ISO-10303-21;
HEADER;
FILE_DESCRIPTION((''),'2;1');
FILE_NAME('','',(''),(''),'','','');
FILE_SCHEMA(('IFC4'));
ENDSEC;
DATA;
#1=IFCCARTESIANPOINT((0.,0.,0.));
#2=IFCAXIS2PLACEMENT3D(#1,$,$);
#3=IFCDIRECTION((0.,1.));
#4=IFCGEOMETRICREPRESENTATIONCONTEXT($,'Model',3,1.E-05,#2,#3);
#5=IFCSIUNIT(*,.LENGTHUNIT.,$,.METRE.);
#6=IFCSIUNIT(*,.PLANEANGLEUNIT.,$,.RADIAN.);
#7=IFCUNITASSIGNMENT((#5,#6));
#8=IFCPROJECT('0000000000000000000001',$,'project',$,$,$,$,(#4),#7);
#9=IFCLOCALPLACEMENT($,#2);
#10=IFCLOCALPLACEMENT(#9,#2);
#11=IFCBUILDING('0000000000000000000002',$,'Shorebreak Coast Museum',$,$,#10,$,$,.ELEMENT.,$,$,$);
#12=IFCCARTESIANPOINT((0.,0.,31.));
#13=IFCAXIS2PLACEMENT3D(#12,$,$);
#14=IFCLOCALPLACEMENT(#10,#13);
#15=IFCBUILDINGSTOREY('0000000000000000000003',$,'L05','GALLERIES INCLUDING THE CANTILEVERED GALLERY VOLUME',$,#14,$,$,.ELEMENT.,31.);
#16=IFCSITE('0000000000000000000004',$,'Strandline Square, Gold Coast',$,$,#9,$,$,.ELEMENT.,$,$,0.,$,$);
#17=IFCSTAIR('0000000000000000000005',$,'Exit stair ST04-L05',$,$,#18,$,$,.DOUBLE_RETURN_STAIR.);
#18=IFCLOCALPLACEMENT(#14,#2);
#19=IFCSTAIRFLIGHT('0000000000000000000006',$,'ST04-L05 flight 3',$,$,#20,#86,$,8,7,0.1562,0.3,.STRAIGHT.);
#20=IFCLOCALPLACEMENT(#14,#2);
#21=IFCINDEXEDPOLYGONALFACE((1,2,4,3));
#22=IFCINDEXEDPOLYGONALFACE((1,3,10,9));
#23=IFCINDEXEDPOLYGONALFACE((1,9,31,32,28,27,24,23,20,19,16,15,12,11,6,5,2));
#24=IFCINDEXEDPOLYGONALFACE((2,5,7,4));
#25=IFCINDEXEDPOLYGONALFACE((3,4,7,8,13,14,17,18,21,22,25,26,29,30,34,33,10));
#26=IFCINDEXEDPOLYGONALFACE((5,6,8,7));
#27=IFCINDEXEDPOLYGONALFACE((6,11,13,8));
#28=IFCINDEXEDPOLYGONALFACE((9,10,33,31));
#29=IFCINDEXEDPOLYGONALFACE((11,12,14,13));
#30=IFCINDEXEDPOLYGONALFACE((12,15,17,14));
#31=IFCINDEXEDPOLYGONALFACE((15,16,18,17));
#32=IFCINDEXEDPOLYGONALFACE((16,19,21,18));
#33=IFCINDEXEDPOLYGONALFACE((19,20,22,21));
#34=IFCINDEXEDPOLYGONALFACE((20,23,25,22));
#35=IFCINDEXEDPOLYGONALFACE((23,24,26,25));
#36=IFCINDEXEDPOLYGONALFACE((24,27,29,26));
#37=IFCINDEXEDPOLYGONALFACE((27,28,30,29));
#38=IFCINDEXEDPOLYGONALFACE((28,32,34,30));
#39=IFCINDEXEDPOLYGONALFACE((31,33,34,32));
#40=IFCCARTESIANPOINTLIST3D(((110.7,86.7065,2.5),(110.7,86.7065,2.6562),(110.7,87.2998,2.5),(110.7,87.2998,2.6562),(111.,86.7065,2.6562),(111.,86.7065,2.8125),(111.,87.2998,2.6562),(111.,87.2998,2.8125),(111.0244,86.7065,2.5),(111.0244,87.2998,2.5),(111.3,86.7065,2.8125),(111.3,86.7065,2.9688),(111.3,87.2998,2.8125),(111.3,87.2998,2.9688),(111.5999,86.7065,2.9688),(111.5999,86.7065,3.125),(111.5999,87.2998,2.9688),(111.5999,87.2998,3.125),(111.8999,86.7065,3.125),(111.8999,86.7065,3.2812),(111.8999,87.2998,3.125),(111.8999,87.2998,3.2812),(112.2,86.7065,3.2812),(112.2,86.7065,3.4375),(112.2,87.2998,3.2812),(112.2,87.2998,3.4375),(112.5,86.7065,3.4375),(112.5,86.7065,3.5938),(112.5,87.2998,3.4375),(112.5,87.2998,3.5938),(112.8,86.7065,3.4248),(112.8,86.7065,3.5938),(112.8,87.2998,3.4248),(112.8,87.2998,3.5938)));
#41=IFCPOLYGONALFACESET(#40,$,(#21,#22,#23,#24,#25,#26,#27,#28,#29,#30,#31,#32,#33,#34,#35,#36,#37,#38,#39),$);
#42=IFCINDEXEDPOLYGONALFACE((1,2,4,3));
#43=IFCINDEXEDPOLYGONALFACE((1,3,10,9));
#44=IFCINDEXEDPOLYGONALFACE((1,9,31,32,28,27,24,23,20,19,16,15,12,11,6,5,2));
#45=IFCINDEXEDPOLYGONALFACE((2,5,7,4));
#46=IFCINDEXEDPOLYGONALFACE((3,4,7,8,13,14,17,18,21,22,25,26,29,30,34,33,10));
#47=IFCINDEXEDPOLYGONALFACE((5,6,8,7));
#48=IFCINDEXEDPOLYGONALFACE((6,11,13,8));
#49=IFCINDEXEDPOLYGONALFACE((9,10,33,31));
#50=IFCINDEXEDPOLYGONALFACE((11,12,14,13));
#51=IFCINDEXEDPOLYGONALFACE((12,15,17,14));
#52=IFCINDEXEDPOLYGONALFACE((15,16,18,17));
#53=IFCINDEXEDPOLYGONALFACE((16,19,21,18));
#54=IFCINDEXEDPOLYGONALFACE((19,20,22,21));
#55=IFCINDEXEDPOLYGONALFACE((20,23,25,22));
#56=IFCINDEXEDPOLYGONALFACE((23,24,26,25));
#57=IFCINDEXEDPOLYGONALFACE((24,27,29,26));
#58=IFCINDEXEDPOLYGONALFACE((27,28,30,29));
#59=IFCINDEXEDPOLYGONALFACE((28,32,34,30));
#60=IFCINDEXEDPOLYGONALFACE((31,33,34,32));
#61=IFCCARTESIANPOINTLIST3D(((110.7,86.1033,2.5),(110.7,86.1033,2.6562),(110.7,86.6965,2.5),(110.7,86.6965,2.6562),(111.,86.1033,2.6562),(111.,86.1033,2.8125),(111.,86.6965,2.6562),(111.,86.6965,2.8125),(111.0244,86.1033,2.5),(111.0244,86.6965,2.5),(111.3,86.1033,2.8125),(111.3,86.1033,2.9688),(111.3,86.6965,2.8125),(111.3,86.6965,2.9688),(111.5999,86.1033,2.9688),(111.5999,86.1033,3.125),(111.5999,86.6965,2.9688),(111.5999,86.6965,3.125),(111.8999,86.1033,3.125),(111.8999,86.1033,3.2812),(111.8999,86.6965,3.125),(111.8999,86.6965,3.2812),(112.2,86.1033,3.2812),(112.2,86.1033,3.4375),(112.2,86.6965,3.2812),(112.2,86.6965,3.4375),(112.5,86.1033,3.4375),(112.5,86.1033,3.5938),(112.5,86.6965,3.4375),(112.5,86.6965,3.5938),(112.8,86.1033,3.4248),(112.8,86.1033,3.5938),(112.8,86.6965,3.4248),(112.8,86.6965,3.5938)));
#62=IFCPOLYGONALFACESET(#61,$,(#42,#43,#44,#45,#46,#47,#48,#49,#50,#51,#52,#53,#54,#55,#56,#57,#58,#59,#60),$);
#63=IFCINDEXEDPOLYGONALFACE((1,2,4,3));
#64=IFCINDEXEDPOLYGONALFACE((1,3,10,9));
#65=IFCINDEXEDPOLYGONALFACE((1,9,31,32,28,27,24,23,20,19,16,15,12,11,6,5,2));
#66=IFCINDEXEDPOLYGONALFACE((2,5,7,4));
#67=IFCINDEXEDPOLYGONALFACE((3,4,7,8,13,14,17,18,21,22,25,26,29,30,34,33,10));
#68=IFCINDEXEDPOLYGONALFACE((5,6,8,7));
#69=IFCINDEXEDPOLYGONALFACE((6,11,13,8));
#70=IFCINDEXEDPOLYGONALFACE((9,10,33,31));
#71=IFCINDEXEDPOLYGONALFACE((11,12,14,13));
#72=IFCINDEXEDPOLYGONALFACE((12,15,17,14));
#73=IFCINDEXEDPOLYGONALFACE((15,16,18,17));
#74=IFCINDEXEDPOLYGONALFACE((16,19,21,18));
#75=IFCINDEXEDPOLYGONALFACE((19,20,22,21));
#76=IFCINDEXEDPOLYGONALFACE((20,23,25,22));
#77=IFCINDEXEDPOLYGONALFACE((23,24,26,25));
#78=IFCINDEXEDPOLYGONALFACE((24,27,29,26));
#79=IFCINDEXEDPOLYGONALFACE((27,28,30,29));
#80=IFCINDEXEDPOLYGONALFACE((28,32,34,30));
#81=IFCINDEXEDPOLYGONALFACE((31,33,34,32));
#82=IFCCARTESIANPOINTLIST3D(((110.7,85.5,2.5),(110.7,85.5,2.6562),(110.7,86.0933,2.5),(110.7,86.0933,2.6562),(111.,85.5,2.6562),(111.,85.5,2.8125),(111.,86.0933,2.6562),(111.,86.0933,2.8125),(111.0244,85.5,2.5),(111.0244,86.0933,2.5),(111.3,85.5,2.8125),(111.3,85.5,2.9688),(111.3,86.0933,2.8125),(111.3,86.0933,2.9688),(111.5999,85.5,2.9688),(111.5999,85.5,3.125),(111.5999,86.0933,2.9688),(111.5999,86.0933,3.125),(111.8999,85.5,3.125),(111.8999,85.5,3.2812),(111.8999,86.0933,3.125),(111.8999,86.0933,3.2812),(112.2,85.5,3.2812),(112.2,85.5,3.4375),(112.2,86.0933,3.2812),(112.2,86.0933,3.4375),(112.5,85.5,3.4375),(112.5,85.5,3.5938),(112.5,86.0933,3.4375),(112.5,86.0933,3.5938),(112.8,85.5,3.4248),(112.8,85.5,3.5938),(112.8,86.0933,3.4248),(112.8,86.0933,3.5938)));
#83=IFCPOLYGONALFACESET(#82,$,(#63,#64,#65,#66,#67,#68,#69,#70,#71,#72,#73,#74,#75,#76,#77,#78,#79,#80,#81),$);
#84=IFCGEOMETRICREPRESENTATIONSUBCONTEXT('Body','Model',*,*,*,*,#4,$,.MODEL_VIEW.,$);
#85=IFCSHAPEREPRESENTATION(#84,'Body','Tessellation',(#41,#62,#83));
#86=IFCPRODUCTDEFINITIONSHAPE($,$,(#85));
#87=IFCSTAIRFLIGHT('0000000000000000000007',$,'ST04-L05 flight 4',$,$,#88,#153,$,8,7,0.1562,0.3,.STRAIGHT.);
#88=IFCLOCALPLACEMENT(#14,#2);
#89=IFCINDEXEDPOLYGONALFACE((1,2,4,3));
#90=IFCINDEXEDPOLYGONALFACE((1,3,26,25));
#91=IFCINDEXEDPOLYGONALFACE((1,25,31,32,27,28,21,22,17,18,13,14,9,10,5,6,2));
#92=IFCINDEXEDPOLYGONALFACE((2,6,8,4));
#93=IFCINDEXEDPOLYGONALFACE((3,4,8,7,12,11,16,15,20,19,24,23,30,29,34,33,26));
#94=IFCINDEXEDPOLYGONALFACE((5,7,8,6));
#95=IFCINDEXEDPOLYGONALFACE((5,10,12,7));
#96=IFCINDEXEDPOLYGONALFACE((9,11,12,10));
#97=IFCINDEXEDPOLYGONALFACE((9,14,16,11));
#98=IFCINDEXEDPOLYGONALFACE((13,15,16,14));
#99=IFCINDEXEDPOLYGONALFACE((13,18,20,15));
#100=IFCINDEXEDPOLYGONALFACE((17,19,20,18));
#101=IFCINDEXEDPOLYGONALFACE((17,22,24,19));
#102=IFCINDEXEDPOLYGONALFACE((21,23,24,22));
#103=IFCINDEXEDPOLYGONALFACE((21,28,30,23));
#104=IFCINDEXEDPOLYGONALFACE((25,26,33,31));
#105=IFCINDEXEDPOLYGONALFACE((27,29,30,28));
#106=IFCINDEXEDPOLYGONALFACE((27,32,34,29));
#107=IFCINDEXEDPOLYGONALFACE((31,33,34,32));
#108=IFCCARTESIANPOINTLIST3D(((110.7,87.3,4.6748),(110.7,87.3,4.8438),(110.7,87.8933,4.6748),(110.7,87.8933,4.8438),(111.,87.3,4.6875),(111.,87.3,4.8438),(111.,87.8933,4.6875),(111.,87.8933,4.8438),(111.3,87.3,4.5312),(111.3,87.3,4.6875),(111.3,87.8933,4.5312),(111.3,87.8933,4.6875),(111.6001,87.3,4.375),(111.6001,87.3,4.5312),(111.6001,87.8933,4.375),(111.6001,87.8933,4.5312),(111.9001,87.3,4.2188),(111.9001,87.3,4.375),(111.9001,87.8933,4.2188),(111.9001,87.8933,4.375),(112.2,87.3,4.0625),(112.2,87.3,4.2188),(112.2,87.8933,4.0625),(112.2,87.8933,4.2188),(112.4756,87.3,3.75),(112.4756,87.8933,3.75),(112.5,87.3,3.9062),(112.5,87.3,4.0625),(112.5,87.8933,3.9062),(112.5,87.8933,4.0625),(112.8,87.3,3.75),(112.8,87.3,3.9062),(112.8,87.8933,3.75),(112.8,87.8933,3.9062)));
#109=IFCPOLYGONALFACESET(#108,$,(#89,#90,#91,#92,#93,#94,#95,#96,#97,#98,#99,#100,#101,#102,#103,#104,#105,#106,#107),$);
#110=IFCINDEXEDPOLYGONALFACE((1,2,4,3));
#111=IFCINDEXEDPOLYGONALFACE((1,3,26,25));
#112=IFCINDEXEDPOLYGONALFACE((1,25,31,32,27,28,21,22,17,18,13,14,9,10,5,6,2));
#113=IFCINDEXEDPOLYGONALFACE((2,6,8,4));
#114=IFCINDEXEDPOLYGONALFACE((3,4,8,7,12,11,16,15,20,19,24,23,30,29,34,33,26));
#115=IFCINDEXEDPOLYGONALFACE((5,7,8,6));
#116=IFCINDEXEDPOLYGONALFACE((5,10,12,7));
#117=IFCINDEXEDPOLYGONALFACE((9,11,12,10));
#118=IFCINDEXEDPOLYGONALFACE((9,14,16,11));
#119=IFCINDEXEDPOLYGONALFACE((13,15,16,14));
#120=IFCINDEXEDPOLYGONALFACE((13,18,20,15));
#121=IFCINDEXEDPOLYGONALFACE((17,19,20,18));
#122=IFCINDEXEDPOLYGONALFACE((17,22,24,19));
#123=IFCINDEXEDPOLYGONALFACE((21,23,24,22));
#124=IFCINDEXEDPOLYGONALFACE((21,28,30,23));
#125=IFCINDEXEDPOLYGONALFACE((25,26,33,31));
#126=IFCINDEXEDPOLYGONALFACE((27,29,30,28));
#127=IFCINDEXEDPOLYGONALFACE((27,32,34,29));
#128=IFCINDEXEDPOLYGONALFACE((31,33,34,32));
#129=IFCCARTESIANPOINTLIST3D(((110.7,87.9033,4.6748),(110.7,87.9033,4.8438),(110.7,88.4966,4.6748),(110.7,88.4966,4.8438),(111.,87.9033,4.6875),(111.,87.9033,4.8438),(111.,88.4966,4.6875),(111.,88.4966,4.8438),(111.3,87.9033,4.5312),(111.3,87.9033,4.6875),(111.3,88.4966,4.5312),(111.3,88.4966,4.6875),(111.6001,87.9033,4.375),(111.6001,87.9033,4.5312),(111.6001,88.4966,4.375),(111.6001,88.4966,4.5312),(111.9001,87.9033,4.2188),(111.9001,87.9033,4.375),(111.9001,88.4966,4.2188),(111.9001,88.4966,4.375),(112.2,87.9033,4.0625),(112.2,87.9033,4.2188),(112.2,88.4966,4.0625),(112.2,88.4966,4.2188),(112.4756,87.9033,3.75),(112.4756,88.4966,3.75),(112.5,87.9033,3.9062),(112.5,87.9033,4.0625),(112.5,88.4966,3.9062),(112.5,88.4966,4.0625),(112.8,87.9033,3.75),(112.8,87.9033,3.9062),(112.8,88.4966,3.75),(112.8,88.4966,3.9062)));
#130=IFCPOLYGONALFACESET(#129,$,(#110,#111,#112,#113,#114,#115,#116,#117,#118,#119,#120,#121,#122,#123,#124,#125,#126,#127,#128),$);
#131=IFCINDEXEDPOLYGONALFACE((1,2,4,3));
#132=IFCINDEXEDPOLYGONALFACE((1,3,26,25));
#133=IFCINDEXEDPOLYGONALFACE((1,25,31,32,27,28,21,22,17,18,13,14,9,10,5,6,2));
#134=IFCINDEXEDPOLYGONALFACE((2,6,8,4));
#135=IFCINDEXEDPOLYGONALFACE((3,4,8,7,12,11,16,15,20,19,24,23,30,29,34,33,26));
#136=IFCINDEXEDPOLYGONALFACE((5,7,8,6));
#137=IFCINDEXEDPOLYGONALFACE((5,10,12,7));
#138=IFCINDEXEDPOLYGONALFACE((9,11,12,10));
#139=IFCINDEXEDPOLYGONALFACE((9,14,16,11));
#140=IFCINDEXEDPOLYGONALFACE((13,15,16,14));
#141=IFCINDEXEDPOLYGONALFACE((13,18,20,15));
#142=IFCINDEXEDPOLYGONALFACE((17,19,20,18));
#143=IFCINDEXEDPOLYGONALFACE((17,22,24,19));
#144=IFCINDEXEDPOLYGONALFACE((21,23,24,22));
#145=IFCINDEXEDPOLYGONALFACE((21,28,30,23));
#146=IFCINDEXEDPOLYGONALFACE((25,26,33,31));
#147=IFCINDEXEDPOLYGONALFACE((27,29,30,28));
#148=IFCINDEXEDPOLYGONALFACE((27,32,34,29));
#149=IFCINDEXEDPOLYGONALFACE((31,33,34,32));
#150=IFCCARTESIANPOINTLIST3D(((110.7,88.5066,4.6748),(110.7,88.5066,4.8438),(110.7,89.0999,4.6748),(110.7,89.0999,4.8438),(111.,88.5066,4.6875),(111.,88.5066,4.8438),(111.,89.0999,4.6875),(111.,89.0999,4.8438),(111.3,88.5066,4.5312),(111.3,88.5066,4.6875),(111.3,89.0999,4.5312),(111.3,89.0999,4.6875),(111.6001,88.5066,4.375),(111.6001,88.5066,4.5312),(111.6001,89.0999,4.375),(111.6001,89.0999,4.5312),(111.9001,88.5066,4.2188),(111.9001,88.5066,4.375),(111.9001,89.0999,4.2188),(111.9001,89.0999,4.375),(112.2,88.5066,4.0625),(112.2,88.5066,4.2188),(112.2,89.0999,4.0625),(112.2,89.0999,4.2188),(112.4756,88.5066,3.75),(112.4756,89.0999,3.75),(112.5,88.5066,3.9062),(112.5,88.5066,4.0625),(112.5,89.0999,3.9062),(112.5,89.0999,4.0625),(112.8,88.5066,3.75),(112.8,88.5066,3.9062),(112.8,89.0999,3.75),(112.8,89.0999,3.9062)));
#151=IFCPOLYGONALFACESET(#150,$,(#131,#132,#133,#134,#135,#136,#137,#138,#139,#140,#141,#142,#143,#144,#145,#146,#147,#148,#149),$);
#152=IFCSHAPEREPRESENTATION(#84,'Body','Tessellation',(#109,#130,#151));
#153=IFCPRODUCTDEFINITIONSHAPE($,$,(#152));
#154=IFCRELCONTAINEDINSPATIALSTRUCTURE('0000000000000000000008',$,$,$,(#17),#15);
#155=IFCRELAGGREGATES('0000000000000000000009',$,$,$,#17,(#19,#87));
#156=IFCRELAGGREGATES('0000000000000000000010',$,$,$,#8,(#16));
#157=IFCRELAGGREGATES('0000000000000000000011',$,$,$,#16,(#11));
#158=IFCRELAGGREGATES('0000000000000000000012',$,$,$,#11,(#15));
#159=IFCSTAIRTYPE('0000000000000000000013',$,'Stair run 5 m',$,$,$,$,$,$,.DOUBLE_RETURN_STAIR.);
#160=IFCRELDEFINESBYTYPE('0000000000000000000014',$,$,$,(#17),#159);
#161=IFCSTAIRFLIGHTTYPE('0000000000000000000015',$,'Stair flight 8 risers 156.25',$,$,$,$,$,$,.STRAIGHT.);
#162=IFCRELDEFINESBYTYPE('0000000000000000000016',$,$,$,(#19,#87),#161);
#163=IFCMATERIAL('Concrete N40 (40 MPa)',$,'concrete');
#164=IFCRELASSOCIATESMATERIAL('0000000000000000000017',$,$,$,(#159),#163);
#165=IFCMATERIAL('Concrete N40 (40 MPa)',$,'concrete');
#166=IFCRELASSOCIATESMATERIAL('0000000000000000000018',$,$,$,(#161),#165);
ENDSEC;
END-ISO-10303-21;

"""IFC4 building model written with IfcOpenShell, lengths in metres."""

from ifc_helpers import new_model, si_unit, direction, frame, origin, place, context, subcontext, project, spatial, polyline, outline, extrude, material, type_object, element, aggregate, save


model = new_model("IFC4")

# Units and contexts
model_context = context("Model", 3, precision=1e-05, world=origin(), true_north=direction((0.0, 1.0)))
body_context = subcontext(model_context, "Body", "Model", "MODEL_VIEW")
ifc_project = project(units=[si_unit("LENGTHUNIT", "METRE"), si_unit("PLANEANGLEUNIT", "RADIAN")], contexts=[model_context])

# Site, building, storey
site_placement = place(None, origin())
site = spatial("IfcSite", under=ifc_project, at=site_placement, Name="Strandline Square, Gold Coast", CompositionType="ELEMENT", RefElevation=0.0)
building_placement = place(site_placement, origin())
building = spatial("IfcBuilding", under=site, at=building_placement, Name="Shorebreak Coast Museum", CompositionType="ELEMENT")
storey_placement = place(building_placement, frame((0.0, 0.0, 31.0)))
storey = spatial("IfcBuildingStorey", under=building, at=storey_placement, Name="L05", Description="GALLERIES INCLUDING THE CANTILEVERED GALLERY VOLUME", CompositionType="ELEMENT", Elevation=31.0)

# Stair, stair flights
ifc_material_1 = material(Name="Concrete N40 (40 MPa)", Category="concrete")
stair_type = type_object("IfcStairType", Name="Stair run 5 m", PredefinedType="DOUBLE_RETURN_STAIR", material=ifc_material_1)
stair_placement = place(storey_placement, origin())
stair = element("IfcStair", 1, at=stair_placement, inside=storey, type_object=stair_type, Name="Exit stair ST04-L05", PredefinedType="DOUBLE_RETURN_STAIR")
ifc_material_2 = material(Name="Concrete N40 (40 MPa)", Category="concrete")
stair_flight_type = type_object("IfcStairFlightType", Name="Stair flight 8 risers 156.25", PredefinedType="STRAIGHT", material=ifc_material_2)
stair_flight_1_placement = place(storey_placement, frame((110.7, 86.3999, 2.5), z_axis=(0.0, 0.0, 1.0), x_axis=(1.0, 0.0, 0.0)))
stair_flight_1 = element("IfcStairFlight", 2, at=stair_flight_1_placement, type_object=stair_flight_type, Name="ST04-L05 flight 3", NumberOfRisers=8, NumberOfTreads=7, PredefinedType="STRAIGHT", RiserHeight=0.1562, TreadLength=0.3, context=body_context, shape_type="SweptSolid", body=[
    extrude(outline(polyline([(0.0, 0.0), (0.0, 0.1562), (0.3, 0.1562), (0.3, 0.3125), (0.6001, 0.3125), (0.6001, 0.4688), (0.8999, 0.4688), (0.8999, 0.625), (1.2, 0.625), (1.2, 0.7812), (1.5, 0.7812), (1.5, 0.9375), (1.8, 0.9375), (1.8, 1.0938), (2.1001, 1.0938), (2.1001, 1.25), (2.1001, 0.9248), (0.3245, 0.0), (0.0, 0.0)])), frame((0.0, 0.8999, 0.0), z_axis=(0.0, -1.0, 0.0), x_axis=(1.0, 0.0, 0.0)), (0.0, 0.0, 1.0), 0.5933),
    extrude(outline(polyline([(0.0, 0.0), (0.0, 0.1562), (0.3, 0.1562), (0.3, 0.3125), (0.6001, 0.3125), (0.6001, 0.4688), (0.8999, 0.4688), (0.8999, 0.625), (1.2, 0.625), (1.2, 0.7812), (1.5, 0.7812), (1.5, 0.9375), (1.8, 0.9375), (1.8, 1.0938), (2.1001, 1.0938), (2.1001, 1.25), (2.1001, 0.9248), (0.3245, 0.0), (0.0, 0.0)])), frame((0.0, 0.2966, 0.0), z_axis=(0.0, -1.0, 0.0), x_axis=(1.0, 0.0, 0.0)), (0.0, 0.0, 1.0), 0.5933),
    extrude(outline(polyline([(0.0, 0.0), (0.0, 0.1562), (0.3, 0.1562), (0.3, 0.3125), (0.6001, 0.3125), (0.6001, 0.4688), (0.8999, 0.4688), (0.8999, 0.625), (1.2, 0.625), (1.2, 0.7812), (1.5, 0.7812), (1.5, 0.9375), (1.8, 0.9375), (1.8, 1.0938), (2.1001, 1.0938), (2.1001, 1.25), (2.1001, 0.9248), (0.3245, 0.0), (0.0, 0.0)])), frame((0.0, -0.3066, 0.0), z_axis=(0.0, -1.0, 0.0), x_axis=(1.0, 0.0, 0.0)), (0.0, 0.0, 1.0), 0.5933),
])
stair_flight_2_placement = place(storey_placement, frame((112.8, 88.2, 3.75), z_axis=(0.0, 0.0, 1.0), x_axis=(-1.0, 0.0, 0.0)))
stair_flight_2 = element("IfcStairFlight", 3, at=stair_flight_2_placement, type_object=stair_flight_type, Name="ST04-L05 flight 4", NumberOfRisers=8, NumberOfTreads=7, PredefinedType="STRAIGHT", RiserHeight=0.1562, TreadLength=0.3, context=body_context, shape_type="SweptSolid", body=[
    extrude(outline(polyline([(0.0, 0.0), (0.0, 0.1562), (0.3, 0.1562), (0.3, 0.3125), (0.6001, 0.3125), (0.6001, 0.4688), (0.8999, 0.4688), (0.8999, 0.625), (1.2, 0.625), (1.2, 0.7812), (1.5, 0.7812), (1.5, 0.9375), (1.8, 0.9375), (1.8, 1.0938), (2.1001, 1.0938), (2.1001, 1.25), (2.1001, 0.9248), (0.3245, 0.0), (0.0, 0.0)])), frame((0.0, 0.8999, 0.0), z_axis=(0.0, -1.0, 0.0), x_axis=(1.0, 0.0, 0.0)), (0.0, 0.0, 1.0), 0.5933),
    extrude(outline(polyline([(0.0, 0.0), (0.0, 0.1562), (0.3, 0.1562), (0.3, 0.3125), (0.6001, 0.3125), (0.6001, 0.4688), (0.8999, 0.4688), (0.8999, 0.625), (1.2, 0.625), (1.2, 0.7812), (1.5, 0.7812), (1.5, 0.9375), (1.8, 0.9375), (1.8, 1.0938), (2.1001, 1.0938), (2.1001, 1.25), (2.1001, 0.9248), (0.3245, 0.0), (0.0, 0.0)])), frame((0.0, 0.2966, 0.0), z_axis=(0.0, -1.0, 0.0), x_axis=(1.0, 0.0, 0.0)), (0.0, 0.0, 1.0), 0.5933),
    extrude(outline(polyline([(0.0, 0.0), (0.0, 0.1562), (0.3, 0.1562), (0.3, 0.3125), (0.6001, 0.3125), (0.6001, 0.4688), (0.8999, 0.4688), (0.8999, 0.625), (1.2, 0.625), (1.2, 0.7812), (1.5, 0.7812), (1.5, 0.9375), (1.8, 0.9375), (1.8, 1.0938), (2.1001, 1.0938), (2.1001, 1.25), (2.1001, 0.9248), (0.3245, 0.0), (0.0, 0.0)])), frame((0.0, -0.3066, 0.0), z_axis=(0.0, -1.0, 0.0), x_axis=(1.0, 0.0, 0.0)), (0.0, 0.0, 1.0), 0.5933),
])
aggregate(stair, [stair_flight_1, stair_flight_2])

save(model, "model.ifc")
